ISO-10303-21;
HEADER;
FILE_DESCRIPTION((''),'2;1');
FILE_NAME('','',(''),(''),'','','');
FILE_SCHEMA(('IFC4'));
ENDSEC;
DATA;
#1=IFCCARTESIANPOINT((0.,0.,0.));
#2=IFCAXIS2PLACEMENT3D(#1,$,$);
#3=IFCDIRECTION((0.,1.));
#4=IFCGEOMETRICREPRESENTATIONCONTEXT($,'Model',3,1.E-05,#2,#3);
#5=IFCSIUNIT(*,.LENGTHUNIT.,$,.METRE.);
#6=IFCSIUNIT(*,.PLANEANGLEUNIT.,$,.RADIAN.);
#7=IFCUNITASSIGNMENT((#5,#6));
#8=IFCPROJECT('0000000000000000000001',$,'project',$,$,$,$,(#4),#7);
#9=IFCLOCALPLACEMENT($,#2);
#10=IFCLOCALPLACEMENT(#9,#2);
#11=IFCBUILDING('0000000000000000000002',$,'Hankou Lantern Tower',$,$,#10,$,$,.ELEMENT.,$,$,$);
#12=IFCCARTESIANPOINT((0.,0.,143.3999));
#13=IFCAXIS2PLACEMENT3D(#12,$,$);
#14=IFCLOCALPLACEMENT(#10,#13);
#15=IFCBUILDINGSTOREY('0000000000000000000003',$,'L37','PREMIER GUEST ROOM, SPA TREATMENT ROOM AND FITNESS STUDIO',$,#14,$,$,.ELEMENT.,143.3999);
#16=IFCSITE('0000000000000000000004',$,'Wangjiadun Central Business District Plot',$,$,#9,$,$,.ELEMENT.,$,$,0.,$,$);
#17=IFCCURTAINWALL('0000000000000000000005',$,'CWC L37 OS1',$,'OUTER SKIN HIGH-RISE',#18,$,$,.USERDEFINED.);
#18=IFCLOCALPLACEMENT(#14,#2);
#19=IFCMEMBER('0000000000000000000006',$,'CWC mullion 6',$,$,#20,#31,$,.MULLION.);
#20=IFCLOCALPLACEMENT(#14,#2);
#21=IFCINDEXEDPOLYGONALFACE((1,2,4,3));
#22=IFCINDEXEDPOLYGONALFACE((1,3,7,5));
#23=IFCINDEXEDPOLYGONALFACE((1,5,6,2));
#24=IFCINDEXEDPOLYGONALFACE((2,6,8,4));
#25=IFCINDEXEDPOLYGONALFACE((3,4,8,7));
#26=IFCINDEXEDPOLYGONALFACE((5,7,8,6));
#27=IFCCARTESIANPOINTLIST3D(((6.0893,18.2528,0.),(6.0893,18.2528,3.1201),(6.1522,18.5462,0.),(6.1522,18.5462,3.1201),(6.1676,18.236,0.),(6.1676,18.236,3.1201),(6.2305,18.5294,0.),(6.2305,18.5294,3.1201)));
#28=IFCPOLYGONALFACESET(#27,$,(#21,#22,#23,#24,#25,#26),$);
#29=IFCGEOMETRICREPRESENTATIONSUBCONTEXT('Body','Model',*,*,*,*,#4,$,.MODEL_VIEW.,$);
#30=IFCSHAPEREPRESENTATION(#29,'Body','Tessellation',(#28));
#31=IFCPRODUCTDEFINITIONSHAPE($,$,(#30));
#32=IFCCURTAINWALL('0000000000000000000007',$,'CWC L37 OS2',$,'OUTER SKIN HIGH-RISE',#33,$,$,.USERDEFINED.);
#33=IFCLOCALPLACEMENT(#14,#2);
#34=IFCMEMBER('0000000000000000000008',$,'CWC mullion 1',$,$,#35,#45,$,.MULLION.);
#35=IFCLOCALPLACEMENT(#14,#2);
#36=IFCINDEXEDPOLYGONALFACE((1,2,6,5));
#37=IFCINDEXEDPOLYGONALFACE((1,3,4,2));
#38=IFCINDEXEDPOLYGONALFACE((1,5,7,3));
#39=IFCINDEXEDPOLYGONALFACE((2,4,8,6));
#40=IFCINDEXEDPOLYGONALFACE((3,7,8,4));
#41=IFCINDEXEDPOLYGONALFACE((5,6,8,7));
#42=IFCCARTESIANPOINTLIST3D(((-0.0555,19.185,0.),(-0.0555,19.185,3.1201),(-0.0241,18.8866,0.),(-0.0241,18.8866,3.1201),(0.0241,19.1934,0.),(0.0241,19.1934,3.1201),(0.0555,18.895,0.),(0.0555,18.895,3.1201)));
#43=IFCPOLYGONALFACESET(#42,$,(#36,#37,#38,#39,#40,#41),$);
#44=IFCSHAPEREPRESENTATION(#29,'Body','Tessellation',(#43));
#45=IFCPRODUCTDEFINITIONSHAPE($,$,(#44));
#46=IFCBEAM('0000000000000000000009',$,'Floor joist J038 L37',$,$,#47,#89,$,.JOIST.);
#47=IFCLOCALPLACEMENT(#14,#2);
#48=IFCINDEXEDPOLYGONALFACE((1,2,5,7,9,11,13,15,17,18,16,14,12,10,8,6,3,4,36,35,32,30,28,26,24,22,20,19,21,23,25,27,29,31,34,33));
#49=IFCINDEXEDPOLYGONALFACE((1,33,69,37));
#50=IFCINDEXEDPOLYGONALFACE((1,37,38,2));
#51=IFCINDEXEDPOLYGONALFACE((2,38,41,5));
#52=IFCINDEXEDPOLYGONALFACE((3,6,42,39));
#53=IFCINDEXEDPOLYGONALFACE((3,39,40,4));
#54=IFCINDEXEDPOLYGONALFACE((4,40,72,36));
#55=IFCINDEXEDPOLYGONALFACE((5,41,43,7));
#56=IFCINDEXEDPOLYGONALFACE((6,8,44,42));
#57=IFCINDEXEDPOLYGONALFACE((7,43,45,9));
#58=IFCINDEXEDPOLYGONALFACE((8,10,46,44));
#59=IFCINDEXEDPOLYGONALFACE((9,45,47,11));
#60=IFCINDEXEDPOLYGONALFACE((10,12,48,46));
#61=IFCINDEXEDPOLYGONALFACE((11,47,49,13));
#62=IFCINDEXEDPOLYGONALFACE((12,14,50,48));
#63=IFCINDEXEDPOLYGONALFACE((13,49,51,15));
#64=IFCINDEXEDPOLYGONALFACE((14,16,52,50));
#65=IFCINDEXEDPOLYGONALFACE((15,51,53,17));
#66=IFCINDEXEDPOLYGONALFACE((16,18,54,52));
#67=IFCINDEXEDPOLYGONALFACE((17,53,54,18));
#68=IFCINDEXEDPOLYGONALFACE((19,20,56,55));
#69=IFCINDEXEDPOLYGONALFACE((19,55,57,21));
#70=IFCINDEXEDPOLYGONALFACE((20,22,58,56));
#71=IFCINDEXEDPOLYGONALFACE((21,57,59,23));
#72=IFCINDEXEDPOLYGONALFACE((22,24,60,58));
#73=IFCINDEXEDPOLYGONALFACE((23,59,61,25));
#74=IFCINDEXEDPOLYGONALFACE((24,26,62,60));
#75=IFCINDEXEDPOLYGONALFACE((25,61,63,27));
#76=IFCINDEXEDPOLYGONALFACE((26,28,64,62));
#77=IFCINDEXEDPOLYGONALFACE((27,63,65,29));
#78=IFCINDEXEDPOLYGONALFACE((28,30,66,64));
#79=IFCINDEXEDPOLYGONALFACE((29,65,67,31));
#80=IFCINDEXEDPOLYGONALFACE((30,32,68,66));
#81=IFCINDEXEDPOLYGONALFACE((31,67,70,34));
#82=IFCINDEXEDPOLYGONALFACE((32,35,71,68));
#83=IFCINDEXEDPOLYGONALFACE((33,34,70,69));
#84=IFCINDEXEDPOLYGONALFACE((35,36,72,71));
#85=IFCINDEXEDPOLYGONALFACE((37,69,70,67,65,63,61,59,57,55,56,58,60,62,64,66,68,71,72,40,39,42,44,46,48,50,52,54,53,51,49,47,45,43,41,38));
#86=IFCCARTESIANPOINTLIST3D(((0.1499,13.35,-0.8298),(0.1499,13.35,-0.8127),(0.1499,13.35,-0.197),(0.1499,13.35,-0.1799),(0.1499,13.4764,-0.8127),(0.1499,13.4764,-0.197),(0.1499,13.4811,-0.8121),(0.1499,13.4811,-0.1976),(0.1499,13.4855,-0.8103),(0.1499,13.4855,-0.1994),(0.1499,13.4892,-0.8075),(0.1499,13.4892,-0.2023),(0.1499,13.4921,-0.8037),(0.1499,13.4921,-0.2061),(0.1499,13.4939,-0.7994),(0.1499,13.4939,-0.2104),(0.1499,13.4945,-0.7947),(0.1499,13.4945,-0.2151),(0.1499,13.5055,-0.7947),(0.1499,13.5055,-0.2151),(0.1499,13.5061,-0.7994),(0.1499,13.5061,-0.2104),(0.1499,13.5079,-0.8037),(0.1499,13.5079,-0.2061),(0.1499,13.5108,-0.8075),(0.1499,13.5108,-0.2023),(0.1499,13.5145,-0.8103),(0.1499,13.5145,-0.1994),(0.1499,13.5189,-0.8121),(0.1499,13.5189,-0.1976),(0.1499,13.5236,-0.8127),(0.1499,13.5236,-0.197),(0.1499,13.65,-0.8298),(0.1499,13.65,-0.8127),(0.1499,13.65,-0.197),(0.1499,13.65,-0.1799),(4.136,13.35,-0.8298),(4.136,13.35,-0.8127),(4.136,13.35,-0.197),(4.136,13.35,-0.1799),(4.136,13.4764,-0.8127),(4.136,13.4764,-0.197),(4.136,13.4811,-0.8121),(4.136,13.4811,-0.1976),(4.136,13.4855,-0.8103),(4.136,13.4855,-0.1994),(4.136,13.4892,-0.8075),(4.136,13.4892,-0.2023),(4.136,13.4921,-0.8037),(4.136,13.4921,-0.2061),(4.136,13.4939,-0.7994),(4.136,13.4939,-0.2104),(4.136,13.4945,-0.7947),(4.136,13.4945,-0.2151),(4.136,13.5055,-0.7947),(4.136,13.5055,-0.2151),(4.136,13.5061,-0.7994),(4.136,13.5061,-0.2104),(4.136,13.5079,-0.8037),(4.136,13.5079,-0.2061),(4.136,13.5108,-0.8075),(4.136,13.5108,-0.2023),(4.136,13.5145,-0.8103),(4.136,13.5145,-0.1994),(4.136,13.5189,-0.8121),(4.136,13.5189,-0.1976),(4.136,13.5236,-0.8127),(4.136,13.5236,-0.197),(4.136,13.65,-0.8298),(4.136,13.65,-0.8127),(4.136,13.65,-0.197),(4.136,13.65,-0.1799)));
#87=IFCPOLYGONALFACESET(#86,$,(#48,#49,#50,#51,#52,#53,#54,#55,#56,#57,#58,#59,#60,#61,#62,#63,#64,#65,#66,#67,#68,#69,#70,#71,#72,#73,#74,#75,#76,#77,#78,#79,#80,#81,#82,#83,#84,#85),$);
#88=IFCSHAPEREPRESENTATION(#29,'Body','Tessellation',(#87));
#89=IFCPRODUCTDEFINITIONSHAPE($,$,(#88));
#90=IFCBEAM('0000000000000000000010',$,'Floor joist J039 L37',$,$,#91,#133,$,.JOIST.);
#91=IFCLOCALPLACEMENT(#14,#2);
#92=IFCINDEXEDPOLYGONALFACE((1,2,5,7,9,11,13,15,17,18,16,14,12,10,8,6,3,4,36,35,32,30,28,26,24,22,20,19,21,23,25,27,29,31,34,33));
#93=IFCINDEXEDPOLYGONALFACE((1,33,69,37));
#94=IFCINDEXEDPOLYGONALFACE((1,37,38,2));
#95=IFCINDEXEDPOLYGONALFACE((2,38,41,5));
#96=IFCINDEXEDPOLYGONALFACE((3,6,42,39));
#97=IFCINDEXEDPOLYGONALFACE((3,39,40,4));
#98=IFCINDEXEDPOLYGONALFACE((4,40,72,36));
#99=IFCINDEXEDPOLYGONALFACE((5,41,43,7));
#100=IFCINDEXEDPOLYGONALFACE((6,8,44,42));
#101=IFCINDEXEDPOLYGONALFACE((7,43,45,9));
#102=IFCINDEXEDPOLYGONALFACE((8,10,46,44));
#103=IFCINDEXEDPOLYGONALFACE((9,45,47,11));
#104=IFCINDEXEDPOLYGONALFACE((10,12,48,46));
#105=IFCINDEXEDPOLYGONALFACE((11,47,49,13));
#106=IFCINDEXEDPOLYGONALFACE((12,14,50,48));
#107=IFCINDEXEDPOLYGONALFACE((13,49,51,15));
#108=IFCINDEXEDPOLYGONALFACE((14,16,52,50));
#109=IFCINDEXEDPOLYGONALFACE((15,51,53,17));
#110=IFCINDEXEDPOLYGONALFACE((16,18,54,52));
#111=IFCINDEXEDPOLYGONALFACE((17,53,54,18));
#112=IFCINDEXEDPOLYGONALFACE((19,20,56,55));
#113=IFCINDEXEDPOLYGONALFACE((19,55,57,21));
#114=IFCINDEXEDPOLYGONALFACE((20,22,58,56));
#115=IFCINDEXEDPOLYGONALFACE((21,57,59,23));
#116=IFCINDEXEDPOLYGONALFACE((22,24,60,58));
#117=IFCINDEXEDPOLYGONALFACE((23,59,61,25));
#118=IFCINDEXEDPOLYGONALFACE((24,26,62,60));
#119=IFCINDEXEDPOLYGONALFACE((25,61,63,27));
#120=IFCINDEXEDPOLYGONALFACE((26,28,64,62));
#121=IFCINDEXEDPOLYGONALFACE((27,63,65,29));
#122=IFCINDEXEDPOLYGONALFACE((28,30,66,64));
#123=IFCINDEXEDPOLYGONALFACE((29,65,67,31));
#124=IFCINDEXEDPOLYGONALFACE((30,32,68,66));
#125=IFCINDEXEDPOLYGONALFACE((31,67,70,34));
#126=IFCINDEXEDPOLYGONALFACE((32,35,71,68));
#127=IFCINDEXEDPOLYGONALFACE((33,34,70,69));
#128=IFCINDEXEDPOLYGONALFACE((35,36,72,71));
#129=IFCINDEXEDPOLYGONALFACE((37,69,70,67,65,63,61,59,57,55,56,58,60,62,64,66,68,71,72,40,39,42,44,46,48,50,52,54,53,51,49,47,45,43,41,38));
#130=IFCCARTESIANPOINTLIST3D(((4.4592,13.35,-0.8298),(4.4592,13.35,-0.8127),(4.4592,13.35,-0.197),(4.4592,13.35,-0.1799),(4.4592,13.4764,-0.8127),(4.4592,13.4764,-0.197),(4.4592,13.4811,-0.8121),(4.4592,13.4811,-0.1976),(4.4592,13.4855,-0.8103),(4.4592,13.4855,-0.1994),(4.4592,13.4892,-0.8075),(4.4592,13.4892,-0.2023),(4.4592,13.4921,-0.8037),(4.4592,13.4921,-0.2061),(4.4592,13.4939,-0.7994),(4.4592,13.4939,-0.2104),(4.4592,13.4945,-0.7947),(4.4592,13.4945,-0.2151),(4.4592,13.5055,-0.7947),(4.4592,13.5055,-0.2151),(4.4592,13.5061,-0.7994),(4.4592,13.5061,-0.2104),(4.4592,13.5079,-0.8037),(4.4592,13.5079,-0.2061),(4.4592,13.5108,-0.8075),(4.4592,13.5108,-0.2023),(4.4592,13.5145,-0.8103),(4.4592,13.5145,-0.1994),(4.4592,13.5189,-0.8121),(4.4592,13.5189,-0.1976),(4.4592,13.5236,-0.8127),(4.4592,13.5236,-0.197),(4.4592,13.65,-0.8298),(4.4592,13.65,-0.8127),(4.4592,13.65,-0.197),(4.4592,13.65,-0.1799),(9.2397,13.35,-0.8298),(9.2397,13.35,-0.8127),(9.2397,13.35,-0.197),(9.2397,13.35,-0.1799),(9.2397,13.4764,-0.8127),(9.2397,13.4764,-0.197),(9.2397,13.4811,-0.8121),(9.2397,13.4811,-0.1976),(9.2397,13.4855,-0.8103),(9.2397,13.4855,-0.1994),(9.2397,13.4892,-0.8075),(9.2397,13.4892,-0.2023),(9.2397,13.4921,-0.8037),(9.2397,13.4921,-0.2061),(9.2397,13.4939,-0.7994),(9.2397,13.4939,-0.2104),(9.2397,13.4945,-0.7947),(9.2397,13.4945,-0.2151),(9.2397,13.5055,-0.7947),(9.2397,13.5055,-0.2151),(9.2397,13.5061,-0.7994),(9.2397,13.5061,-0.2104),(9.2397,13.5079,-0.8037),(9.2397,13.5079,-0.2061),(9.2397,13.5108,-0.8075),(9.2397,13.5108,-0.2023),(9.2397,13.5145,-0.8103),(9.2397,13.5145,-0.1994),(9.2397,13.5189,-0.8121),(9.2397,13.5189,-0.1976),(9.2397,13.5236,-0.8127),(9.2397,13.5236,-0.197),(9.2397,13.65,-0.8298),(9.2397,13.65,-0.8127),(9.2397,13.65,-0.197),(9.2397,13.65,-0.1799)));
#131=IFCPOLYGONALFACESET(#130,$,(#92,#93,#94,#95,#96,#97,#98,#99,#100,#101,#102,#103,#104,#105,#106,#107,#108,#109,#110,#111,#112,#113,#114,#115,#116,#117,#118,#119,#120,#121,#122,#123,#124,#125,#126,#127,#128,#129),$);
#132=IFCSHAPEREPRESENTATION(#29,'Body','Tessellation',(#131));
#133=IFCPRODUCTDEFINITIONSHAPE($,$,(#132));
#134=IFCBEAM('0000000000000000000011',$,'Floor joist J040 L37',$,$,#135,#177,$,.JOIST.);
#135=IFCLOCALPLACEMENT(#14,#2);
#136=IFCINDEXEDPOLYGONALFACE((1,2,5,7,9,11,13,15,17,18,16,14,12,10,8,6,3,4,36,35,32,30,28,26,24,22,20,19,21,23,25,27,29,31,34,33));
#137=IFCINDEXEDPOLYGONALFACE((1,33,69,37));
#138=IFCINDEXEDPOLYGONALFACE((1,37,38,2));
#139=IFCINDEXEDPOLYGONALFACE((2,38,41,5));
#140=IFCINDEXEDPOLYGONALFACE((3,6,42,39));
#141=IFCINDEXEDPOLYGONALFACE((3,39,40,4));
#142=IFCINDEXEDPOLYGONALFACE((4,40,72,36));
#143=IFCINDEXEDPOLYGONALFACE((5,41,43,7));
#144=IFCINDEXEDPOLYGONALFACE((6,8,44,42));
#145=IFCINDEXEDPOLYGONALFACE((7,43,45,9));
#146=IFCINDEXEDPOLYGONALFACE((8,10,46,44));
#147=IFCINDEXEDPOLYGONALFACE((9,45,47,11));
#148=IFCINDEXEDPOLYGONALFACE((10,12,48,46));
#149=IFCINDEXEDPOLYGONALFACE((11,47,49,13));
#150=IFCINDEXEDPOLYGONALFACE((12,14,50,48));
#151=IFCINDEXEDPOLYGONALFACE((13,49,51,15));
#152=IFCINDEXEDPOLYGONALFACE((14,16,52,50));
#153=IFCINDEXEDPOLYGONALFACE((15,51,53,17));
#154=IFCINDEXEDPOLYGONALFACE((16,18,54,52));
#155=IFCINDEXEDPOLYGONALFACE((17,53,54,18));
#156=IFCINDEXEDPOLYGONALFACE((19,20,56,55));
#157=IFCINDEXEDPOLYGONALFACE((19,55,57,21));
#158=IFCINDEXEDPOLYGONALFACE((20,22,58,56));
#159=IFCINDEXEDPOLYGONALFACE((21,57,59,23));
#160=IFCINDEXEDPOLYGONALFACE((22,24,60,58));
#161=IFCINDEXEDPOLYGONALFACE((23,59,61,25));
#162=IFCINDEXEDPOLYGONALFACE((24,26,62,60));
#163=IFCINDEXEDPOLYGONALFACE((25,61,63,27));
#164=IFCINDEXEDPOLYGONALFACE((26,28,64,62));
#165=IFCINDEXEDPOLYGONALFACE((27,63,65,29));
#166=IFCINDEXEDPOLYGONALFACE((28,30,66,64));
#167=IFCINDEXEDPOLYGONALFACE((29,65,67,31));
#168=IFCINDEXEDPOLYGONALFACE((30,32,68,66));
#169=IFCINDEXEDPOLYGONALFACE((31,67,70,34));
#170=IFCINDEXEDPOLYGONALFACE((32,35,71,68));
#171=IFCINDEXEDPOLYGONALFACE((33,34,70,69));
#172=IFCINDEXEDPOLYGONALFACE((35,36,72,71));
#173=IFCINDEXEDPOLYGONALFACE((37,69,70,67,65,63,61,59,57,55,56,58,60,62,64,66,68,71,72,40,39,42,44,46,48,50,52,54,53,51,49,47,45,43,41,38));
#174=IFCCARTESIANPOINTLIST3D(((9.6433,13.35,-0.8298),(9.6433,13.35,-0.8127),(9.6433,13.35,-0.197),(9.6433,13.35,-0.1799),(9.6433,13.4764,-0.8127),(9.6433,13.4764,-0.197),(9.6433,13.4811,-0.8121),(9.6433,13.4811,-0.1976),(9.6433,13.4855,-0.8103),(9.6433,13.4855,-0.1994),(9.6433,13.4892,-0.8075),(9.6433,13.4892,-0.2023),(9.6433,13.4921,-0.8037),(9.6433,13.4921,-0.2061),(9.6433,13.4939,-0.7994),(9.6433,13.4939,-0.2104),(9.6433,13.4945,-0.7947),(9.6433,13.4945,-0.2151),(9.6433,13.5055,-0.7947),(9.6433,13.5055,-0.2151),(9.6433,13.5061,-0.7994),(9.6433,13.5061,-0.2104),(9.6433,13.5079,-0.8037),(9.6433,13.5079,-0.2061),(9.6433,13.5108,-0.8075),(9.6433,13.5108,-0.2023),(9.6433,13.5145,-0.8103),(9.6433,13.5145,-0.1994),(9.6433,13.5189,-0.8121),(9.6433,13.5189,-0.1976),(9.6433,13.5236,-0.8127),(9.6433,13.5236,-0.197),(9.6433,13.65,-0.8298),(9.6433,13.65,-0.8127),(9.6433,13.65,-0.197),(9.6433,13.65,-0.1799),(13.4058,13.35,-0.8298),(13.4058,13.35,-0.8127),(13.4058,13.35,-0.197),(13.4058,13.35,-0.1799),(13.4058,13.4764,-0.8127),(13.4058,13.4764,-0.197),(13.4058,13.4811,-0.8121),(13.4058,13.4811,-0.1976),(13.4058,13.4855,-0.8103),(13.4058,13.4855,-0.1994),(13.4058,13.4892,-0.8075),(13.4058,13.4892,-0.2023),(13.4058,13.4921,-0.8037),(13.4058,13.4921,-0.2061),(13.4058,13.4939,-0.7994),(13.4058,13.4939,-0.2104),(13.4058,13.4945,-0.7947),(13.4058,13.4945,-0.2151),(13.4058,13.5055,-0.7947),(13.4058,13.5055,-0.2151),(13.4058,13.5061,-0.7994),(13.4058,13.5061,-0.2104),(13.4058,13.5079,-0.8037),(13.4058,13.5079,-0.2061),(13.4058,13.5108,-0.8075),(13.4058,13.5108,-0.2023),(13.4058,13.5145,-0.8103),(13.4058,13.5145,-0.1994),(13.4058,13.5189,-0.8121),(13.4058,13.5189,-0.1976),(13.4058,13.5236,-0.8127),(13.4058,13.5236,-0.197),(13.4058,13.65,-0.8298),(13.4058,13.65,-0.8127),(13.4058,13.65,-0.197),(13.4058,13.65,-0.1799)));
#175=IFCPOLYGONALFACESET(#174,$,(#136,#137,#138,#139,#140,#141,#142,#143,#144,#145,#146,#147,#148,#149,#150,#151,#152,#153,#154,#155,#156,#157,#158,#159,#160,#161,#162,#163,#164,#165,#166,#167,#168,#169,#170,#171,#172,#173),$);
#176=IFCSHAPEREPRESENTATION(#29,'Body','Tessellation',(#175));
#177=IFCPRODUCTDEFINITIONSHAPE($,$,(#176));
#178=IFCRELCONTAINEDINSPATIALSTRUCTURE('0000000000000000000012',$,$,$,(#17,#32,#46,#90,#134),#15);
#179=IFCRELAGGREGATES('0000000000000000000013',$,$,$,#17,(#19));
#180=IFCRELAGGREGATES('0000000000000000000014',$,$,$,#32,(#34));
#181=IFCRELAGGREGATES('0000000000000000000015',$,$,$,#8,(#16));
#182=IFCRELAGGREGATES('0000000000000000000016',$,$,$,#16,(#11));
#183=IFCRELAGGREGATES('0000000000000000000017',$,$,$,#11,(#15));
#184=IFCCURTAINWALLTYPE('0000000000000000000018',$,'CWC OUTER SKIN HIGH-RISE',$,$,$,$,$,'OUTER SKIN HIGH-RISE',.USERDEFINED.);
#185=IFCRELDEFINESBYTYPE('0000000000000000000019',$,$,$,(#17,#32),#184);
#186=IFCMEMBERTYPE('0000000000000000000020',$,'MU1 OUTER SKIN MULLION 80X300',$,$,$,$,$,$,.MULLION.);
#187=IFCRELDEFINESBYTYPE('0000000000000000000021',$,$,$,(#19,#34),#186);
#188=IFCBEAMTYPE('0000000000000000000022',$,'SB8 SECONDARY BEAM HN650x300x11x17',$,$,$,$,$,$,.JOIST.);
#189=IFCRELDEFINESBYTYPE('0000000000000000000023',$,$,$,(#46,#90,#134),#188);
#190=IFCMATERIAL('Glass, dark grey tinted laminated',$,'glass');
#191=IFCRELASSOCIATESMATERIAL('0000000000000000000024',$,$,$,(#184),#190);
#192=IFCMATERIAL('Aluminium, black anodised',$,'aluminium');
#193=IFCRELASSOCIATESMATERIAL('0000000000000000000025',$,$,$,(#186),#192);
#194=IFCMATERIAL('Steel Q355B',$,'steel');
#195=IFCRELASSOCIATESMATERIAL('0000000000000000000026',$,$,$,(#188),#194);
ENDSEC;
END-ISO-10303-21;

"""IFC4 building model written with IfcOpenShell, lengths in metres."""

from ifc_helpers import new_model, si_unit, direction, frame, origin, origin_2d, place, context, subcontext, project, spatial, rectangle, i_section, extrude, material, material_profile, profile_set, type_object, element, aggregate, save


model = new_model("IFC4")

# Units and contexts
model_context = context("Model", 3, precision=1e-05, world=origin(), true_north=direction((0.0, 1.0)))
body_context = subcontext(model_context, "Body", "Model", "MODEL_VIEW")
ifc_project = project(units=[si_unit("LENGTHUNIT", "METRE"), si_unit("PLANEANGLEUNIT", "RADIAN")], contexts=[model_context])

# Site, building, storey
site_placement = place(None, origin())
site = spatial("IfcSite", under=ifc_project, at=site_placement, Name="Wangjiadun Central Business District Plot", CompositionType="ELEMENT", RefElevation=0.0)
building_placement = place(site_placement, origin())
building = spatial("IfcBuilding", under=site, at=building_placement, Name="Hankou Lantern Tower", CompositionType="ELEMENT")
storey_placement = place(building_placement, frame((0.0, 0.0, 143.3999)))
storey = spatial("IfcBuildingStorey", under=building, at=storey_placement, Name="L37", Description="PREMIER GUEST ROOM, SPA TREATMENT ROOM AND FITNESS STUDIO", CompositionType="ELEMENT", Elevation=143.3999)

# Curtain walls, members
ifc_material_1 = material(Name="Glass, dark grey tinted laminated", Category="glass")
curtain_wall_type = type_object("IfcCurtainWallType", Name="CWC OUTER SKIN HIGH-RISE", ElementType="OUTER SKIN HIGH-RISE", PredefinedType="USERDEFINED", material=ifc_material_1)
curtain_wall_1_placement = place(storey_placement, origin())
curtain_wall_1 = element("IfcCurtainWall", 1, at=curtain_wall_1_placement, inside=storey, type_object=curtain_wall_type, Name="CWC L37 OS1", ObjectType="OUTER SKIN HIGH-RISE", PredefinedType="USERDEFINED")
ifc_material_2 = material(Name="Aluminium, black anodised", Category="aluminium")
ifc_material_profile_1 = material_profile(ifc_material_2, rectangle(XDim=0.0801, YDim=0.3, at=origin_2d()), Name="MU1 80X300")
ifc_profile_set_1 = profile_set([ifc_material_profile_1], Name="Aluminium, black anodised")
member_type_1 = type_object("IfcMemberType", Name="MU1 OUTER SKIN MULLION 80X300", PredefinedType="MULLION", material=ifc_profile_set_1)
member_1_placement = place(storey_placement, frame((6.1599, 18.3911, 0.0), z_axis=(0.0, 0.0, 1.0), x_axis=(-0.977788, 0.209598, 0.0)))
member_1 = element("IfcMember", 2, at=member_1_placement, type_object=member_type_1, Name="CWC mullion 6", PredefinedType="MULLION", context=body_context, shape_type="SweptSolid", body=[
    extrude(rectangle(XDim=0.0801, YDim=0.3, at=origin_2d()), origin(), (0.0, 0.0, 1.0), 3.1201),
])
curtain_wall_2_placement = place(storey_placement, origin())
curtain_wall_2 = element("IfcCurtainWall", 3, at=curtain_wall_2_placement, inside=storey, type_object=curtain_wall_type, Name="CWC L37 OS2", ObjectType="OUTER SKIN HIGH-RISE", PredefinedType="USERDEFINED")
member_2_placement = place(storey_placement, frame((0.0, 19.04, 0.0), z_axis=(0.0, 0.0, 1.0), x_axis=(-0.994499, -0.104743, 0.0)))
member_2 = element("IfcMember", 4, at=member_2_placement, type_object=member_type_1, Name="CWC mullion 1", PredefinedType="MULLION", context=body_context, shape_type="SweptSolid", body=[
    extrude(rectangle(XDim=0.0801, YDim=0.3, at=origin_2d()), origin(), (0.0, 0.0, 1.0), 3.1201),
])

# Beams
ifc_material_3 = material(Name="Steel Q355B", Category="steel")
ifc_material_profile_2 = material_profile(ifc_material_3, i_section(OverallWidth=0.3, OverallDepth=0.6499, WebThickness=0.011, FlangeThickness=0.0171, FilletRadius=0.0181, at=origin_2d()), Name="HN650x300x11x17")
ifc_profile_set_2 = profile_set([ifc_material_profile_2], Name="Steel Q355B")
beam_type_1 = type_object("IfcBeamType", Name="SB8 SECONDARY BEAM HN650x300x11x17", PredefinedType="JOIST", material=ifc_profile_set_2)
beam_1_placement = place(storey_placement, frame((0.1499, 13.5, -0.5049), z_axis=(1.0, 0.0, 0.0), x_axis=(0.0, 1.0, 0.0)))
element("IfcBeam", 5, at=beam_1_placement, inside=storey, type_object=beam_type_1, Name="Floor joist J038 L37", PredefinedType="JOIST", context=body_context, shape_type="SweptSolid", body=[
    extrude(i_section(OverallWidth=0.3, OverallDepth=0.6499, WebThickness=0.011, FlangeThickness=0.0171, FilletRadius=0.0181, at=origin_2d()), origin(), (0.0, 0.0, 1.0), 3.9861),
])
beam_2_placement = place(storey_placement, frame((4.4592, 13.5, -0.5049), z_axis=(1.0, 0.0, 0.0), x_axis=(0.0, 1.0, 0.0)))
element("IfcBeam", 6, at=beam_2_placement, inside=storey, type_object=beam_type_1, Name="Floor joist J039 L37", PredefinedType="JOIST", context=body_context, shape_type="SweptSolid", body=[
    extrude(i_section(OverallWidth=0.3, OverallDepth=0.6499, WebThickness=0.011, FlangeThickness=0.0171, FilletRadius=0.0181, at=origin_2d()), origin(), (0.0, 0.0, 1.0), 4.7805),
])
beam_3_placement = place(storey_placement, frame((9.6433, 13.5, -0.5049), z_axis=(1.0, 0.0, 0.0), x_axis=(0.0, 1.0, 0.0)))
element("IfcBeam", 7, at=beam_3_placement, inside=storey, type_object=beam_type_1, Name="Floor joist J040 L37", PredefinedType="JOIST", context=body_context, shape_type="SweptSolid", body=[
    extrude(i_section(OverallWidth=0.3, OverallDepth=0.6499, WebThickness=0.011, FlangeThickness=0.0171, FilletRadius=0.0181, at=origin_2d()), origin(), (0.0, 0.0, 1.0), 3.7625),
])

aggregate(curtain_wall_1, [member_1])
aggregate(curtain_wall_2, [member_2])

save(model, "model.ifc")
